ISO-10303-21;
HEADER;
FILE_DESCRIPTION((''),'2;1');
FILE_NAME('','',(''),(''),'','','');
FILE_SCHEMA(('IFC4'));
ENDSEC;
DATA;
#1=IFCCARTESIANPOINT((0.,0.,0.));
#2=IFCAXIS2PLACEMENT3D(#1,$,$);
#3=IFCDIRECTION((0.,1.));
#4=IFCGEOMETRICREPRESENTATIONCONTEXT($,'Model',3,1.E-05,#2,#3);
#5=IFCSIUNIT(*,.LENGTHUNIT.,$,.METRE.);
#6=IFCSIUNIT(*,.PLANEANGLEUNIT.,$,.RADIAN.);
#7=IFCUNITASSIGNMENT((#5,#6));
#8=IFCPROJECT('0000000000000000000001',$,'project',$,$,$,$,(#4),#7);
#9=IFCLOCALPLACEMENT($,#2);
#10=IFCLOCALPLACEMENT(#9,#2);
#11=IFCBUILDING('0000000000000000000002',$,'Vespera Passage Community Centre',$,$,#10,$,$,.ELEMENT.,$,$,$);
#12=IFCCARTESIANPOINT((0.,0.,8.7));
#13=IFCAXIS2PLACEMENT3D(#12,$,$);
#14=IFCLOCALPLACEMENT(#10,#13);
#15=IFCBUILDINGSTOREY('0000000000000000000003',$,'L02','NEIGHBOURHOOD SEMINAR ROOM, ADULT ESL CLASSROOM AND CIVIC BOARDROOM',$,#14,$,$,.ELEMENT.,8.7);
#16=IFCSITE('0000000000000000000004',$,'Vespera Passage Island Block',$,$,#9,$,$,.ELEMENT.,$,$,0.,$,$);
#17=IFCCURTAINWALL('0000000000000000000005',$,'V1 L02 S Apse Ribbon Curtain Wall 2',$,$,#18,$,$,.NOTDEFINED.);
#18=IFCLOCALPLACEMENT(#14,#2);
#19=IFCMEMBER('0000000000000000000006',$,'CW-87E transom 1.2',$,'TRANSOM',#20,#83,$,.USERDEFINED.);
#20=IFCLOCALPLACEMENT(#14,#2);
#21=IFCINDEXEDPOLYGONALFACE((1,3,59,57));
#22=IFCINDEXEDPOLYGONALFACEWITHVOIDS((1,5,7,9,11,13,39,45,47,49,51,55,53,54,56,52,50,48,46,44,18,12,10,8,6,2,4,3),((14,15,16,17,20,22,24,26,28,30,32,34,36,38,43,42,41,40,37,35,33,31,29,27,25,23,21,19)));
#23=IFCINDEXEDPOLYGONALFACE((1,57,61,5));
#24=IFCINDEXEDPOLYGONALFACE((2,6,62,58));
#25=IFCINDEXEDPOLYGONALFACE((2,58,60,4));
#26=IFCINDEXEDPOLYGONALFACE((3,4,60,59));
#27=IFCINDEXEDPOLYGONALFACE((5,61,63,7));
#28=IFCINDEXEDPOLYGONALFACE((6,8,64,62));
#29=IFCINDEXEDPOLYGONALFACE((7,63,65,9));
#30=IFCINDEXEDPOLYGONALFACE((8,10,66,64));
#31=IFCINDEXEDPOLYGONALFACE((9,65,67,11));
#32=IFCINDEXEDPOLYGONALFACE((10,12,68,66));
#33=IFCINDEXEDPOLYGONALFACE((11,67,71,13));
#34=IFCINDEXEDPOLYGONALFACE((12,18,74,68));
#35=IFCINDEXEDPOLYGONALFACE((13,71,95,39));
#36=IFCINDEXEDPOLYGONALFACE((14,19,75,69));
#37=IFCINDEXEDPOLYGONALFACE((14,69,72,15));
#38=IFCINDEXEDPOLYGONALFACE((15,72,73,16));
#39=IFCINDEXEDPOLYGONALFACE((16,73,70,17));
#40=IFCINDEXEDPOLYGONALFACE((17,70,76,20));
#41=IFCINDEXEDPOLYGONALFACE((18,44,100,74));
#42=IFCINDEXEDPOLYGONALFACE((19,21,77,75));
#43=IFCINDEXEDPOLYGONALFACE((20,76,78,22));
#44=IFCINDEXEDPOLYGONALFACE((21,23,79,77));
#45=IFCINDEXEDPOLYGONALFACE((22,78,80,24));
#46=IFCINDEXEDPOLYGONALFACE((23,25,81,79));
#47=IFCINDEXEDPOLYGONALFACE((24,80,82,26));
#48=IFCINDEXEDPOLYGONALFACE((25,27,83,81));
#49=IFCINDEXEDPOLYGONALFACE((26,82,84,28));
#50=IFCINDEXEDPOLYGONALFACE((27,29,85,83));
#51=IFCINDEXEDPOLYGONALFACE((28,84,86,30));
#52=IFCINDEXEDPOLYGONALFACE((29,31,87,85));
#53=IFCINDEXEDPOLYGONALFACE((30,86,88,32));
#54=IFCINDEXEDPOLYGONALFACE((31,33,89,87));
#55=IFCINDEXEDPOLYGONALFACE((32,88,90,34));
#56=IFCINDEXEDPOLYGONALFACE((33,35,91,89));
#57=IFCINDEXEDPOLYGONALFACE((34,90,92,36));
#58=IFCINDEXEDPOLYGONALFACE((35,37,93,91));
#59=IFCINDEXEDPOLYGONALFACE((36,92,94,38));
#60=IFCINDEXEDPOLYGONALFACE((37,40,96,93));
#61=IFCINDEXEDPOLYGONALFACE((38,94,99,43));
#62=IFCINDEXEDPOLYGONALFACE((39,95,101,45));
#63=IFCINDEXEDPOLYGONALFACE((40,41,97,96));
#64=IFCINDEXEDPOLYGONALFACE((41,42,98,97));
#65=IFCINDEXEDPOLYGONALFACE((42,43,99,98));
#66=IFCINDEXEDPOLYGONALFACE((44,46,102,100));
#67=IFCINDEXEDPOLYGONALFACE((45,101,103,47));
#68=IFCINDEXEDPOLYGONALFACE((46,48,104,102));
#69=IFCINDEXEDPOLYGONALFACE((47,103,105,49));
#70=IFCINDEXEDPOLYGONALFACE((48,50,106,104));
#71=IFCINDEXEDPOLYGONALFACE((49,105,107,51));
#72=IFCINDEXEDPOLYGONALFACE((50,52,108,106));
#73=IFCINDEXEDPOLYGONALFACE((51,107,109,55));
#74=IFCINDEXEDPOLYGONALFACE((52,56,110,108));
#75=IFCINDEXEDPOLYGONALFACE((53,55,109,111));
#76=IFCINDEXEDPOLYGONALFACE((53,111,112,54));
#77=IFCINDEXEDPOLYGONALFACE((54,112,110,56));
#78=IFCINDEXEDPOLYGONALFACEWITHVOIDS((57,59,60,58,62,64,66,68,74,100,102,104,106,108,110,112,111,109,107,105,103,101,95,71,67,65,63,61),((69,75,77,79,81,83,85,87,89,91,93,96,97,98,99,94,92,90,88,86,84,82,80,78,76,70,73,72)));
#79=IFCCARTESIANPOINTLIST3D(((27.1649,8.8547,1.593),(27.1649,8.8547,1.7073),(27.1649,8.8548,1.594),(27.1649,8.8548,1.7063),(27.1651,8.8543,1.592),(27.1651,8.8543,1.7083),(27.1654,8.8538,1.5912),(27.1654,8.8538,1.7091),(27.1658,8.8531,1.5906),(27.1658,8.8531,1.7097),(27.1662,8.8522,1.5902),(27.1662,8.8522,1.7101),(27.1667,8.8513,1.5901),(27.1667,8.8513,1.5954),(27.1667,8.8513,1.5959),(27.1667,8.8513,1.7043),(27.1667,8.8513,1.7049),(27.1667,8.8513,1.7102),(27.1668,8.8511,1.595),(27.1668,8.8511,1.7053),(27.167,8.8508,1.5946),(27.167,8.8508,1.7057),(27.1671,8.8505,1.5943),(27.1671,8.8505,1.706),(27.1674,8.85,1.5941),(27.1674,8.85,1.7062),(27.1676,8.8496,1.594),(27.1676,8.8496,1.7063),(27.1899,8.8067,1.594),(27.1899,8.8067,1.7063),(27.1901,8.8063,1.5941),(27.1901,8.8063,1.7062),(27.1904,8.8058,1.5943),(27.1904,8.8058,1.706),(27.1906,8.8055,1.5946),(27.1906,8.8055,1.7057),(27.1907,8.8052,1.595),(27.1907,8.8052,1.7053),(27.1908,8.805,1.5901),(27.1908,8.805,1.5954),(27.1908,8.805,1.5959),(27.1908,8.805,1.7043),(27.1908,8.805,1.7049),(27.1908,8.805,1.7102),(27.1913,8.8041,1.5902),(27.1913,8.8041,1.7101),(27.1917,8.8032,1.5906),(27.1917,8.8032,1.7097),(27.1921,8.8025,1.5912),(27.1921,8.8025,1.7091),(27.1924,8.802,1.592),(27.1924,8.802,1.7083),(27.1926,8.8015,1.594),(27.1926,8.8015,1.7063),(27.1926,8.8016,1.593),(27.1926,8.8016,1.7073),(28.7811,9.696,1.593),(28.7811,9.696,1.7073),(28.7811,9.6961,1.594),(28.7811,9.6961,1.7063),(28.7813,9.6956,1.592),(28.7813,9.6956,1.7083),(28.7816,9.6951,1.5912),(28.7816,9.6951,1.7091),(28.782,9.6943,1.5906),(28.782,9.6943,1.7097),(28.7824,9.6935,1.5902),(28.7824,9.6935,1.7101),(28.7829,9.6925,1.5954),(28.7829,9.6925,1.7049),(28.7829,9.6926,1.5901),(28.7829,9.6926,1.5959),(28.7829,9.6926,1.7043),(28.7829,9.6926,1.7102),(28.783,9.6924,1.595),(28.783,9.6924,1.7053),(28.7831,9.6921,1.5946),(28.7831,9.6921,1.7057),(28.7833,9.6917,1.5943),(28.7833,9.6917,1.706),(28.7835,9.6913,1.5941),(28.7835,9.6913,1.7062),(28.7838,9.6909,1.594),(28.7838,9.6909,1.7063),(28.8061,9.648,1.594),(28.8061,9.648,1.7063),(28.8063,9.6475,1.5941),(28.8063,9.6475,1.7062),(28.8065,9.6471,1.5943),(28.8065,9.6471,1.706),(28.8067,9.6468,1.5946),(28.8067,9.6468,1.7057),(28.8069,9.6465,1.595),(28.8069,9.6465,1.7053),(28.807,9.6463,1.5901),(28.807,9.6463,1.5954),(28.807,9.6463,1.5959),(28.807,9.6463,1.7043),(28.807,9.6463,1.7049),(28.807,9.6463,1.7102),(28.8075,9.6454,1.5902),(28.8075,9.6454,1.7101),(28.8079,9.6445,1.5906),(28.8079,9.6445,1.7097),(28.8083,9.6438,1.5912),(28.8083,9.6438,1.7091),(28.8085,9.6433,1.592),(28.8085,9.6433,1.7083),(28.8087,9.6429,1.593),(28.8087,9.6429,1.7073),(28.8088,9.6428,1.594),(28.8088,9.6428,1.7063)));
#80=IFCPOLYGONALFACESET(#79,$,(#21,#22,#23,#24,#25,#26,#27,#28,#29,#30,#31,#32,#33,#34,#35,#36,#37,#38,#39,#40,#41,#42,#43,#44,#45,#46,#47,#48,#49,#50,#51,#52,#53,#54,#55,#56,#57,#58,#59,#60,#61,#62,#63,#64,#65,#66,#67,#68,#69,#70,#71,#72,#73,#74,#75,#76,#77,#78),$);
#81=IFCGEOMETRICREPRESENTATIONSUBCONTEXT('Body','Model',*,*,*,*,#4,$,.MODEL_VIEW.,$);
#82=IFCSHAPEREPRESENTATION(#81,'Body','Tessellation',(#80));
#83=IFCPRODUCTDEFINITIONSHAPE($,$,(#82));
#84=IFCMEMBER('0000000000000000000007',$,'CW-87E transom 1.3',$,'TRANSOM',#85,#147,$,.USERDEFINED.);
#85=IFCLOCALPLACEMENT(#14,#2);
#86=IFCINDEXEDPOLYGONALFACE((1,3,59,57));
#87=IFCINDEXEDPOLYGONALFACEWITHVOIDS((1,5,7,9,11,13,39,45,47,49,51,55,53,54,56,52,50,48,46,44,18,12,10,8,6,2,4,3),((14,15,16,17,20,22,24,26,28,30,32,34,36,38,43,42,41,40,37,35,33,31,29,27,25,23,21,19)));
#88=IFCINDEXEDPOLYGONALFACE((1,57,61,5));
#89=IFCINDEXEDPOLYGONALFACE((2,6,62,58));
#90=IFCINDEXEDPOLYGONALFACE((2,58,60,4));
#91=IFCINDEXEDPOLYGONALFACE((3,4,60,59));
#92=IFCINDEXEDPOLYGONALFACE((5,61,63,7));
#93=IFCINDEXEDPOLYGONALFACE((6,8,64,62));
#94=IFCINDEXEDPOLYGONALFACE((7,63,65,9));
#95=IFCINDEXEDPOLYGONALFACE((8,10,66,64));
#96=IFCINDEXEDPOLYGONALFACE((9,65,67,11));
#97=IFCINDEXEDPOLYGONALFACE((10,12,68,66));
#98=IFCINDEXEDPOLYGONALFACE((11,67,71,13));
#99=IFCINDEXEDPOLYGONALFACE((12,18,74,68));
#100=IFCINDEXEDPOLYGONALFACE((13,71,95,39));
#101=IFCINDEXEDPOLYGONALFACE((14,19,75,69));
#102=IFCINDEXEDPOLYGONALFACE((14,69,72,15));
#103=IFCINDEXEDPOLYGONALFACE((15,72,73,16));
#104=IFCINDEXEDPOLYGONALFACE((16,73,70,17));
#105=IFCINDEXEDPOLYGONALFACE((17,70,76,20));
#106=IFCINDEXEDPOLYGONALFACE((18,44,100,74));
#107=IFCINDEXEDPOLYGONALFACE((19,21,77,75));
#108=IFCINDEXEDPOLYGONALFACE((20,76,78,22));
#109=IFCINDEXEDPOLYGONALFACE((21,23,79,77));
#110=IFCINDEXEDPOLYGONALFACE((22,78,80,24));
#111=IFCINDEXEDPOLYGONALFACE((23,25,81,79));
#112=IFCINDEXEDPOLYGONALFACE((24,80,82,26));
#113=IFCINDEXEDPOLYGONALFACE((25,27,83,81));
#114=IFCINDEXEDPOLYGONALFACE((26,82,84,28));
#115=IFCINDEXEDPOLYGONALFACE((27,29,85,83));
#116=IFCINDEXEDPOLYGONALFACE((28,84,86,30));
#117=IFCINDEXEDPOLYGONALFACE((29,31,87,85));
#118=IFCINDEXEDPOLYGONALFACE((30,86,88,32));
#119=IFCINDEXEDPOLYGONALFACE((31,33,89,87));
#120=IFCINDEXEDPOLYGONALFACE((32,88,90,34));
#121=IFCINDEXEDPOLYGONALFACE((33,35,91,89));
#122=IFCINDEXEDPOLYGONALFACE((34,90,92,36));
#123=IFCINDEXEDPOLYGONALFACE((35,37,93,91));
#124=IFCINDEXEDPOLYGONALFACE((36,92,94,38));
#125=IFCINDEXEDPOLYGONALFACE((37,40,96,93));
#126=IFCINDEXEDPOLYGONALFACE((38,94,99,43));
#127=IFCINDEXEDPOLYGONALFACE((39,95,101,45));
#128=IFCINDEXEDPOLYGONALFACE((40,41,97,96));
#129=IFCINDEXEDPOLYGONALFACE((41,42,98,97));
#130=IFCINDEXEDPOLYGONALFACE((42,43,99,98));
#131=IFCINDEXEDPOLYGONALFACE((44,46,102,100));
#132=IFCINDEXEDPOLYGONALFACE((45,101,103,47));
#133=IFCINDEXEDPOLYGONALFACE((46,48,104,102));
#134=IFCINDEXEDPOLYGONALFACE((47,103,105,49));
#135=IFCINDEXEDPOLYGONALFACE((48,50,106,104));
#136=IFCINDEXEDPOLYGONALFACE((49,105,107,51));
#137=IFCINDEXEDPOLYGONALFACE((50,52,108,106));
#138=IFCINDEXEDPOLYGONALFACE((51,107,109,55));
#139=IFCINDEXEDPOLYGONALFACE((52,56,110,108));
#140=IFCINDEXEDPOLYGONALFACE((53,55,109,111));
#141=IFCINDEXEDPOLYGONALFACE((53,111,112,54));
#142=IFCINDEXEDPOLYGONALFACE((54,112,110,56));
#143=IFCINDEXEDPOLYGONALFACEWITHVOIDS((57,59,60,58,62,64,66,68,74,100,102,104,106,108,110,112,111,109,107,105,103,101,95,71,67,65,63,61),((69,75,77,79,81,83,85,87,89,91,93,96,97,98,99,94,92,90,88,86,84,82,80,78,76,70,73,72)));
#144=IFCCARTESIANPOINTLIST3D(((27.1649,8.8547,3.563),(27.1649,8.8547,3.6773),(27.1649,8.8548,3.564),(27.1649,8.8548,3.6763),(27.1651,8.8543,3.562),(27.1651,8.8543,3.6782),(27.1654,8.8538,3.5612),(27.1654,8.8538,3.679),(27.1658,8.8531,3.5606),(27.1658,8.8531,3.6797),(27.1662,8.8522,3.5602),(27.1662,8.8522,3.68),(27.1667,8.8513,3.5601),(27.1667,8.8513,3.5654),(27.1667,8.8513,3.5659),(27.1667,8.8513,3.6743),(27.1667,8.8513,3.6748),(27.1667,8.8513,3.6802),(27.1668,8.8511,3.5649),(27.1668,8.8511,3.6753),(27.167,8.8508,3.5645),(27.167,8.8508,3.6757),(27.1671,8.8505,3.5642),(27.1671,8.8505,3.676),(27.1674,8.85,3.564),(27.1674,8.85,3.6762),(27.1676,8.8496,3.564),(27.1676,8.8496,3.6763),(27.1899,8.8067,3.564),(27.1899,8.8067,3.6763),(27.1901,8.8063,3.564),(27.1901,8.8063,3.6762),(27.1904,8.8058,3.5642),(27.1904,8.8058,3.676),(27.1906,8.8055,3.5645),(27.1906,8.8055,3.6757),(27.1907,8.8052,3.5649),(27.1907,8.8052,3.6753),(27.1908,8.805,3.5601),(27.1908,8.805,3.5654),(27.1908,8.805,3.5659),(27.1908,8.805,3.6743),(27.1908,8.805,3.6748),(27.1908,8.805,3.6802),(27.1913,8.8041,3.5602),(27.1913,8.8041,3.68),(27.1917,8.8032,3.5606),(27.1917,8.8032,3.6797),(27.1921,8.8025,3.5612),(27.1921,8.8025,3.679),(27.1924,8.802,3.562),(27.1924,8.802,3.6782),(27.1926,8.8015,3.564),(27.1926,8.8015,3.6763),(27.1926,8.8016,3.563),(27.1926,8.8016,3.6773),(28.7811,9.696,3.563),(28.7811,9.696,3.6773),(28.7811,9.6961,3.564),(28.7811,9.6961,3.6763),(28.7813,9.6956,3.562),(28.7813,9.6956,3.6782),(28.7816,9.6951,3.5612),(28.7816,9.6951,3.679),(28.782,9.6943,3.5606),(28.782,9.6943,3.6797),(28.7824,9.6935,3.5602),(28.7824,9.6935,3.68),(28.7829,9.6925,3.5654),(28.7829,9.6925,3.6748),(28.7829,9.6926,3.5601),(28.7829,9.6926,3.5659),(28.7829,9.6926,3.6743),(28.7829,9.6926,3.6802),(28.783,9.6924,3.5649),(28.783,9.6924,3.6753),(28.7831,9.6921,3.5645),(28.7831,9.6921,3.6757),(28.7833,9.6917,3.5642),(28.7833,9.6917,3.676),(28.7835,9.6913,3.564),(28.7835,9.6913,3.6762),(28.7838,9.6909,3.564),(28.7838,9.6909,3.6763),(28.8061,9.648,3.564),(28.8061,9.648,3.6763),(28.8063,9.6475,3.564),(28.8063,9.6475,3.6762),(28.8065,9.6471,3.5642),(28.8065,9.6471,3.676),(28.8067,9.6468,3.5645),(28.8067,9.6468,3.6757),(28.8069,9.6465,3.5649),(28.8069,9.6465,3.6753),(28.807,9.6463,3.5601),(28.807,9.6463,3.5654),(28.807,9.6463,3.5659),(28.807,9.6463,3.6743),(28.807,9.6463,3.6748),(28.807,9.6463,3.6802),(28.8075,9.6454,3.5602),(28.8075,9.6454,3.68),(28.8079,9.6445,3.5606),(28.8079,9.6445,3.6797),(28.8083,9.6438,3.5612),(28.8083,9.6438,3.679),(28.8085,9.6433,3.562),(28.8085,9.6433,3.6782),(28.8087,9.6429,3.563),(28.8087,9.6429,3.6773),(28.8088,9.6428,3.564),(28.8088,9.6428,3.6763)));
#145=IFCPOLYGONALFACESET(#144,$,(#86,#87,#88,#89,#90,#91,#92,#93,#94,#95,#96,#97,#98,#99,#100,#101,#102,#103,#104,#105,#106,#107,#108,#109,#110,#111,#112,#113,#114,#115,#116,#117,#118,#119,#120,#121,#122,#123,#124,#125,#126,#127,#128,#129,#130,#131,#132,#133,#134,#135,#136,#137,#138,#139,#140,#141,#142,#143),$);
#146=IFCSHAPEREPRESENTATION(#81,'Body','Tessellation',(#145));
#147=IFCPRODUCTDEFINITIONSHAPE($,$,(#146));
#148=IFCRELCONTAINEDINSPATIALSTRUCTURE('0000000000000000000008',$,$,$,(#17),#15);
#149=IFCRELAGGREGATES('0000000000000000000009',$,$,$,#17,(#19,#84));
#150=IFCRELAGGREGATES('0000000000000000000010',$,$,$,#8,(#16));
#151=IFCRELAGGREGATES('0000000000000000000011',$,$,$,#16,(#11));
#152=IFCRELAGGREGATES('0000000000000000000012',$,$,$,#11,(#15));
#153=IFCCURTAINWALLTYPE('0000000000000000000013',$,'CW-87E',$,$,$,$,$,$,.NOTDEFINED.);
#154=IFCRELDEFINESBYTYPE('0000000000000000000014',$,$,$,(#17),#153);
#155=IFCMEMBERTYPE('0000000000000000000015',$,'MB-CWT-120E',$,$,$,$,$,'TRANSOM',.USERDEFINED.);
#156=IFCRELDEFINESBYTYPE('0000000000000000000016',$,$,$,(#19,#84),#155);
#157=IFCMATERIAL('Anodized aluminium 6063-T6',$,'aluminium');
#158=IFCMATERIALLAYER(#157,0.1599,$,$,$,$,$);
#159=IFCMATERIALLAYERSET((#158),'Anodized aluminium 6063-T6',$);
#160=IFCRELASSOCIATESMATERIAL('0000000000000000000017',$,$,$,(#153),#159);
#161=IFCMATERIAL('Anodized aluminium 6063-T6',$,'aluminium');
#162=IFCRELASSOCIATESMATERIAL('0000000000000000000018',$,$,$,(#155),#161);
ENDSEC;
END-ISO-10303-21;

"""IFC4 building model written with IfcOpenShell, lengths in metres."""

from ifc_helpers import new_model, si_unit, direction, frame, origin, origin_2d, place, context, subcontext, project, spatial, hollow_rectangle, extrude, material, layer, layer_set, material_profile, profile_set, type_object, element, aggregate, save


model = new_model("IFC4")

# Units and contexts
model_context = context("Model", 3, precision=1e-05, world=origin(), true_north=direction((0.0, 1.0)))
body_context = subcontext(model_context, "Body", "Model", "MODEL_VIEW")
ifc_project = project(units=[si_unit("LENGTHUNIT", "METRE"), si_unit("PLANEANGLEUNIT", "RADIAN")], contexts=[model_context])

# Site, building, storey
site_placement = place(None, origin())
site = spatial("IfcSite", under=ifc_project, at=site_placement, Name="Vespera Passage Island Block", CompositionType="ELEMENT", RefElevation=0.0)
building_placement = place(site_placement, origin())
building = spatial("IfcBuilding", under=site, at=building_placement, Name="Vespera Passage Community Centre", CompositionType="ELEMENT")
storey_placement = place(building_placement, frame((0.0, 0.0, 8.7)))
storey = spatial("IfcBuildingStorey", under=building, at=storey_placement, Name="L02", Description="NEIGHBOURHOOD SEMINAR ROOM, ADULT ESL CLASSROOM AND CIVIC BOARDROOM", CompositionType="ELEMENT", Elevation=8.7)

# Curtain wall
ifc_material_1 = material(Name="Anodized aluminium 6063-T6", Category="aluminium")
ifc_layer_1 = layer(ifc_material_1, 0.1599)
ifc_layer_set_1 = layer_set([ifc_layer_1], Name="Anodized aluminium 6063-T6")
curtain_wall_type_1 = type_object("IfcCurtainWallType", Name="CW-87E", PredefinedType="NOTDEFINED", material=ifc_layer_set_1)
curtain_wall_1_placement = place(storey_placement, origin())
curtain_wall_1 = element("IfcCurtainWall", 1, at=curtain_wall_1_placement, inside=storey, type_object=curtain_wall_type_1, Name="V1 L02 S Apse Ribbon Curtain Wall 2", PredefinedType="NOTDEFINED")
ifc_material_2 = material(Name="Anodized aluminium 6063-T6", Category="aluminium")
ifc_material_profile_1 = material_profile(ifc_material_2, hollow_rectangle(XDim=0.0601, YDim=0.1201, WallThickness=0.0039, InnerFilletRadius=0.002, OuterFilletRadius=0.0039, at=origin_2d()), Name="ALU120X60X4")
ifc_profile_set_1 = profile_set([ifc_material_profile_1], Name="Anodized aluminium 6063-T6")
member_type_1 = type_object("IfcMemberType", Name="MB-CWT-120E", ElementType="TRANSOM", PredefinedType="USERDEFINED", material=ifc_profile_set_1)

# Members
member_1_placement = place(storey_placement, frame((28.7949, 9.6694, 1.6501), z_axis=(-0.887019, -0.461732, 0.0), x_axis=(0.461732, -0.887019, 0.0)))
member_1 = element("IfcMember", 2, at=member_1_placement, type_object=member_type_1, Name="CW-87E transom 1.2", ObjectType="TRANSOM", PredefinedType="USERDEFINED", context=body_context, shape_type="SweptSolid", body=[
    extrude(hollow_rectangle(XDim=0.0601, YDim=0.1201, WallThickness=0.0039, InnerFilletRadius=0.002, OuterFilletRadius=0.0039, at=origin_2d()), origin(), (0.0, 0.0, 1.0), 1.822),
])
member_2_placement = place(storey_placement, frame((28.7949, 9.6694, 3.6201), z_axis=(-0.887019, -0.461732, 0.0), x_axis=(0.461732, -0.887019, 0.0)))
member_2 = element("IfcMember", 3, at=member_2_placement, type_object=member_type_1, Name="CW-87E transom 1.3", ObjectType="TRANSOM", PredefinedType="USERDEFINED", context=body_context, shape_type="SweptSolid", body=[
    extrude(hollow_rectangle(XDim=0.0601, YDim=0.1201, WallThickness=0.0039, InnerFilletRadius=0.002, OuterFilletRadius=0.0039, at=origin_2d()), origin(), (0.0, 0.0, 1.0), 1.822),
])

aggregate(curtain_wall_1, [member_1, member_2])

save(model, "model.ifc")
